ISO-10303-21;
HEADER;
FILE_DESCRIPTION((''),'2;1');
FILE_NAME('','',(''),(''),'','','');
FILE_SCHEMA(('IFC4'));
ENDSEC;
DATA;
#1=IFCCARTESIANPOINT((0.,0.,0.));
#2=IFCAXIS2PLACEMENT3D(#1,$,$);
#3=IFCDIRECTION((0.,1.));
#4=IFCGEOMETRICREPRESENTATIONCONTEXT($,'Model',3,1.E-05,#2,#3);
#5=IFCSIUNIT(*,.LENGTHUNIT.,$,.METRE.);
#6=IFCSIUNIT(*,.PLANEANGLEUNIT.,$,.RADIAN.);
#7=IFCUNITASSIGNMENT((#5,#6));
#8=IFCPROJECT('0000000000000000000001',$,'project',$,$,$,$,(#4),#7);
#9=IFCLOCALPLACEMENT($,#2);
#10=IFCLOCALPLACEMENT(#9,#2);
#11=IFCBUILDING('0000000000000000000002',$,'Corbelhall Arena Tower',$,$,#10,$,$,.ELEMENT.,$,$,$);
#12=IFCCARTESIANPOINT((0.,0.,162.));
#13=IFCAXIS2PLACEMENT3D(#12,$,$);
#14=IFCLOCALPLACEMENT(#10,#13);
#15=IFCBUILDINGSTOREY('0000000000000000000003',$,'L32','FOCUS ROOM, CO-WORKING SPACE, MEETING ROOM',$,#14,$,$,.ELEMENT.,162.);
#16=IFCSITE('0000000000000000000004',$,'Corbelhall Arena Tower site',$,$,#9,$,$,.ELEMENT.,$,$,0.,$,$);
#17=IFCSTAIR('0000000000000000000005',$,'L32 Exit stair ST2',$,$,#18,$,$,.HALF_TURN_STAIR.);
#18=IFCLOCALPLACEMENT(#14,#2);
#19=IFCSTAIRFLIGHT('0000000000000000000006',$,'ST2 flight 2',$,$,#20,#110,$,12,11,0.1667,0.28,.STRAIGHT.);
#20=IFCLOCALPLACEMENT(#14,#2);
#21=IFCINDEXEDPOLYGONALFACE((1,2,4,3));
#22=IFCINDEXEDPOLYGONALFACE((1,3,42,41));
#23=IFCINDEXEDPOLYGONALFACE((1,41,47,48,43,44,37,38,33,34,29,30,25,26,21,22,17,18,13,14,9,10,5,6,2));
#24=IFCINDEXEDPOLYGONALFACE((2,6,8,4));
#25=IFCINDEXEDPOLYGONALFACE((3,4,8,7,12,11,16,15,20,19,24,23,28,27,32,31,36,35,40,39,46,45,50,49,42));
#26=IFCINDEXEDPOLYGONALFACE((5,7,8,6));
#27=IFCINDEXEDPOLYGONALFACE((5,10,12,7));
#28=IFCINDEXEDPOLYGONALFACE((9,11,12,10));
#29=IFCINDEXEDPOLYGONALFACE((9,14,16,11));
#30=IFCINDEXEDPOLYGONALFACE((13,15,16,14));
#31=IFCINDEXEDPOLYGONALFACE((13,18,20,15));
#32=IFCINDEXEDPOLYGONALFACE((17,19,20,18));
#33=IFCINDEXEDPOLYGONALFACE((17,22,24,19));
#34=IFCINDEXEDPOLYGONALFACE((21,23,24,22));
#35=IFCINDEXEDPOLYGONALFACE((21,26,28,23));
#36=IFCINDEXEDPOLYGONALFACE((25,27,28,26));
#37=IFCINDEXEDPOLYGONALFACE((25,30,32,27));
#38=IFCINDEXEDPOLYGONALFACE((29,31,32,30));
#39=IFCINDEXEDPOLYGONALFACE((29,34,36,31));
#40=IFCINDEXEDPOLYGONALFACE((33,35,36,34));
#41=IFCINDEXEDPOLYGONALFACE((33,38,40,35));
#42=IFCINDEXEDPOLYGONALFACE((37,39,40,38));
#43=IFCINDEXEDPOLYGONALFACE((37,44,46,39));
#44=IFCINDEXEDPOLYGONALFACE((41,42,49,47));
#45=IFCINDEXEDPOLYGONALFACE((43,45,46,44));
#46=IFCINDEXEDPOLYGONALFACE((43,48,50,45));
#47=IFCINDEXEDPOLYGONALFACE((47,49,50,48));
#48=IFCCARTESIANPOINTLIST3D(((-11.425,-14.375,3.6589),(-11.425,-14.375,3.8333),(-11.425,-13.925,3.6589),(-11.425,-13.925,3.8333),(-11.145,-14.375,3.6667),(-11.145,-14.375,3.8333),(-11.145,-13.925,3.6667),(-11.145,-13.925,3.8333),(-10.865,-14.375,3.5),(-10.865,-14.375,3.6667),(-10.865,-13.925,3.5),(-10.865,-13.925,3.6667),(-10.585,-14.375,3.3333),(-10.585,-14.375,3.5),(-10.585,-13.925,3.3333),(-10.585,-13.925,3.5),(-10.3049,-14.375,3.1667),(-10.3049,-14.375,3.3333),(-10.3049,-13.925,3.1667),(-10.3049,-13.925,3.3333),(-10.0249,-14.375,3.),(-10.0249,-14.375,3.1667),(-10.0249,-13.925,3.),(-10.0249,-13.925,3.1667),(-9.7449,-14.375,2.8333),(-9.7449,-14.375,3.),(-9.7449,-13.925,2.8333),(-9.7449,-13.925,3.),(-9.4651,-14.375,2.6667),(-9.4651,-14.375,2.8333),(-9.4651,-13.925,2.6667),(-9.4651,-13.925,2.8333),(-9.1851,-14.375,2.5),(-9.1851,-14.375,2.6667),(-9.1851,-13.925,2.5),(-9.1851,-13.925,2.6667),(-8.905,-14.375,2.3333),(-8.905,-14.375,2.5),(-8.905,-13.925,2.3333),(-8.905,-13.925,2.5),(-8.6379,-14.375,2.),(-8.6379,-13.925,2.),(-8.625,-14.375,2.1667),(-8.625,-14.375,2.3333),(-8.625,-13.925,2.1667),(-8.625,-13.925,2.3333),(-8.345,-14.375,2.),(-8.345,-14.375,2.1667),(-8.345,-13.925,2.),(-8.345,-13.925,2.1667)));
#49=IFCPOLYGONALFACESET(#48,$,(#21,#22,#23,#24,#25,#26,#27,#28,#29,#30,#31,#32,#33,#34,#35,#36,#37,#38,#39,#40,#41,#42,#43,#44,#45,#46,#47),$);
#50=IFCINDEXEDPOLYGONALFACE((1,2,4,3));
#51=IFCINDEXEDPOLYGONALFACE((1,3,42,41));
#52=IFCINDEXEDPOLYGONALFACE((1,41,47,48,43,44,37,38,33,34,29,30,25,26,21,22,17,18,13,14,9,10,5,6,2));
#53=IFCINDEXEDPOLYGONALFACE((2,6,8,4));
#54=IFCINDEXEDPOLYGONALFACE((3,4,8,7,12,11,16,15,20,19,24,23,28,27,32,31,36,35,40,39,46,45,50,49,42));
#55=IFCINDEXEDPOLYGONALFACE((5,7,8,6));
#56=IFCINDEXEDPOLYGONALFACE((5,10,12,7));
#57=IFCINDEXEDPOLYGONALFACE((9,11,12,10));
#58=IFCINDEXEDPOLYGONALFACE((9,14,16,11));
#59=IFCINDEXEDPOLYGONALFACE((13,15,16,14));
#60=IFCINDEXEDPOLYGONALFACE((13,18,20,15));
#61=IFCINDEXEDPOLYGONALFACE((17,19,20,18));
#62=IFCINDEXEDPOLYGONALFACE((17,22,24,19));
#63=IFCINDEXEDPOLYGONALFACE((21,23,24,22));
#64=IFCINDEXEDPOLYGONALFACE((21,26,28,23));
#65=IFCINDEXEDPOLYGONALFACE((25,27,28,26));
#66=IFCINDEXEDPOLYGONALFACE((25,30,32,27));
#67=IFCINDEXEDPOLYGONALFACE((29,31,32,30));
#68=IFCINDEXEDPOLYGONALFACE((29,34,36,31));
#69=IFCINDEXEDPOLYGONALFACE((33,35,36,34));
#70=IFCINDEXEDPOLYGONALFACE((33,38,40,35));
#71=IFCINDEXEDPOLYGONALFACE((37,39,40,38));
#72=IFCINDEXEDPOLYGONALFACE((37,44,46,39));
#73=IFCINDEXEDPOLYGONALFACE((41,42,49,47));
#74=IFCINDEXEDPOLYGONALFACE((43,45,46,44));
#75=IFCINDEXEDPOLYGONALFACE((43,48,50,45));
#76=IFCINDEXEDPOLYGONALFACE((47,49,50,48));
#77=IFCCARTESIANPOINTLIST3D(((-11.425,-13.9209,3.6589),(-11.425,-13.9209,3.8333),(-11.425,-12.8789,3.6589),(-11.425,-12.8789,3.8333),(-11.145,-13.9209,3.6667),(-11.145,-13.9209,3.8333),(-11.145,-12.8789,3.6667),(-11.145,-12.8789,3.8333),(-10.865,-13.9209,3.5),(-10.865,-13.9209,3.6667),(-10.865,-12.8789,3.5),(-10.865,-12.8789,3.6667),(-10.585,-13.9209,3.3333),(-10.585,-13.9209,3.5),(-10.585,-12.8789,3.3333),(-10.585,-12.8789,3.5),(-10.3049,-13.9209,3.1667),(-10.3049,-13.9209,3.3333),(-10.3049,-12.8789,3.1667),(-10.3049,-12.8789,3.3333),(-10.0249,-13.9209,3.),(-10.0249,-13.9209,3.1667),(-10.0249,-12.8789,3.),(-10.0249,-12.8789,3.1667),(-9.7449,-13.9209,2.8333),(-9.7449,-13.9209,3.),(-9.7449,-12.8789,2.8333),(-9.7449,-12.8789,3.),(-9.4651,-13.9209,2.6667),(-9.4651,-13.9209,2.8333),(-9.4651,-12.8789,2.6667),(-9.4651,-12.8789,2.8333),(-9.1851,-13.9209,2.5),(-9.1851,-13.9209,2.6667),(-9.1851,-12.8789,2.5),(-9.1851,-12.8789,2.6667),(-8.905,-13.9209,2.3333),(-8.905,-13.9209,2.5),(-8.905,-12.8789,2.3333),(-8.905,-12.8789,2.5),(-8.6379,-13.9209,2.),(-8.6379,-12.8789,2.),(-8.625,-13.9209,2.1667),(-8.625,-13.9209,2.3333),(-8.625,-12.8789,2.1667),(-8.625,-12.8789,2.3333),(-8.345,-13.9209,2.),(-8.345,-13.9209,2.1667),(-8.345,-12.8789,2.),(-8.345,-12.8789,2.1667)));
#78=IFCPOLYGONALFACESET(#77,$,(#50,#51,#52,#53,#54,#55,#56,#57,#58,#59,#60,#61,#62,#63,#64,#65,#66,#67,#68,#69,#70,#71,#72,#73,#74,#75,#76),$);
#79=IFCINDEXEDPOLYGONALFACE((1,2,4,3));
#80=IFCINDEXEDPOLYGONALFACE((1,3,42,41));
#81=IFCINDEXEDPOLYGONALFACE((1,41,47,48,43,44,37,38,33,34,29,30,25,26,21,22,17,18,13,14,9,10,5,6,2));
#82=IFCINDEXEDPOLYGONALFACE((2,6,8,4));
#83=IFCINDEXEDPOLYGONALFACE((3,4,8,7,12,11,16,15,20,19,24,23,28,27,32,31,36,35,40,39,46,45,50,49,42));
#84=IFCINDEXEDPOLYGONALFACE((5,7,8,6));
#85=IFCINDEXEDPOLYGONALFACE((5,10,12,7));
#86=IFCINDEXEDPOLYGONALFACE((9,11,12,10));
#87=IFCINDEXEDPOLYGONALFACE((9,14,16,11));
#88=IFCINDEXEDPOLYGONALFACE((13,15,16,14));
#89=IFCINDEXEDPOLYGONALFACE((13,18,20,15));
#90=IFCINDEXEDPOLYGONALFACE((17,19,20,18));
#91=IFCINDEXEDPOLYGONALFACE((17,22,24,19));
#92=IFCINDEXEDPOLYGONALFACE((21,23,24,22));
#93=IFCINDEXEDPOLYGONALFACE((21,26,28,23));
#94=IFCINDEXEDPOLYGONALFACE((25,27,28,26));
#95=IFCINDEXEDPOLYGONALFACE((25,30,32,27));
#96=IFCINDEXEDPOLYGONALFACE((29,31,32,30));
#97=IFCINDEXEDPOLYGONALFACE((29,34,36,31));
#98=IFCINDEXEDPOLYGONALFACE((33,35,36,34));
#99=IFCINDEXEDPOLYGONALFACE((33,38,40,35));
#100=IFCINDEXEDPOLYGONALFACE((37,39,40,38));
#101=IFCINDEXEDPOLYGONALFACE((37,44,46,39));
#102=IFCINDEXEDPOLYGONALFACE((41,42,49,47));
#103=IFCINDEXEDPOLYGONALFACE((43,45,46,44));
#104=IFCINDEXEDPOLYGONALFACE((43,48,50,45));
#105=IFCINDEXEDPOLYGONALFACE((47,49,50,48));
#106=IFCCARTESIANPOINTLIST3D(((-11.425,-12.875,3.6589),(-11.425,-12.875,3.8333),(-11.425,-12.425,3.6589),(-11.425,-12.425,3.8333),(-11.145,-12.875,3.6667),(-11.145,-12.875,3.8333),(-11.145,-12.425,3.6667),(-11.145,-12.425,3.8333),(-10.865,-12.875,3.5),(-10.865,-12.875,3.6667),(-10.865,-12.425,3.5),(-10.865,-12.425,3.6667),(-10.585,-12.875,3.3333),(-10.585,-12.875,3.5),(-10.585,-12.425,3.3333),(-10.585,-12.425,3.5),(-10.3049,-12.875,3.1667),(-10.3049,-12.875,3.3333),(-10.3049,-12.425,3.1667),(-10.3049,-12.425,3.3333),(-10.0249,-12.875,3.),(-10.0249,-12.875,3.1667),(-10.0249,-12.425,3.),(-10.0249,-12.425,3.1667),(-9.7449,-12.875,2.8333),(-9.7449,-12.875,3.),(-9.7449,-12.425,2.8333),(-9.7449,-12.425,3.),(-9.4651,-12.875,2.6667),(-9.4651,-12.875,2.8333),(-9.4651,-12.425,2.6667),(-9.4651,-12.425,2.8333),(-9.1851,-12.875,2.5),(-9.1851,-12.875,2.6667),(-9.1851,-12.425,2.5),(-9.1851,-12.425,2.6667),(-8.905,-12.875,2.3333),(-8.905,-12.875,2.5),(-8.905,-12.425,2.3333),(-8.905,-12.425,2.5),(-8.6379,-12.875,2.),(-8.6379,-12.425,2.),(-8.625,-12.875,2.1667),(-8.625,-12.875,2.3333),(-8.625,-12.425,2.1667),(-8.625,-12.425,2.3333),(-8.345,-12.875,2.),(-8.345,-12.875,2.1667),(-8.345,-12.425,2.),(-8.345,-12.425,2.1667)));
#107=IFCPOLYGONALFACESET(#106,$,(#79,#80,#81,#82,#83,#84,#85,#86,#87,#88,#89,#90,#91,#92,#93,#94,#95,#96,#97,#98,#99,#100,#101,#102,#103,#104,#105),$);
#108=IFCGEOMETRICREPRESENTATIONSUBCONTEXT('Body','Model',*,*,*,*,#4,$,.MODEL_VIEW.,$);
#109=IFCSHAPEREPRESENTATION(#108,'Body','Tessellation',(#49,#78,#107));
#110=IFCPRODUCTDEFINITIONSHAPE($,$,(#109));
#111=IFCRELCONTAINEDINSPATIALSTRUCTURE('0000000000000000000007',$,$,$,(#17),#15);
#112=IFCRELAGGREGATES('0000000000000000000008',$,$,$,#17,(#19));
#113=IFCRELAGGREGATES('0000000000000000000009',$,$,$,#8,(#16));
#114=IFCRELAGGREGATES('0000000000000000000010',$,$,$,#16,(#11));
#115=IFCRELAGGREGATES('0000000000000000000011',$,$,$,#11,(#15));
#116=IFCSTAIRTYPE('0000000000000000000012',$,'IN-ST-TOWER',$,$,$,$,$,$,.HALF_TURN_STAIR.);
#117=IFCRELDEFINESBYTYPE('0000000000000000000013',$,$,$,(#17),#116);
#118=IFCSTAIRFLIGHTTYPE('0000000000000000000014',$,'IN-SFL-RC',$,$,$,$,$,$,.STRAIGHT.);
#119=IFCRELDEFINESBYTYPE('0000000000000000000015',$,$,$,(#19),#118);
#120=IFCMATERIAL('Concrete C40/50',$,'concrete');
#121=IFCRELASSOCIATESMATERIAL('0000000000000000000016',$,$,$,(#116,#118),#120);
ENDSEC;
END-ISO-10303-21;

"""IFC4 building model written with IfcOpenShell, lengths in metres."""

from ifc_helpers import new_model, si_unit, direction, frame, origin, place, context, subcontext, project, spatial, polyline, outline, extrude, material, type_object, element, aggregate, save


model = new_model("IFC4")

# Units and contexts
model_context = context("Model", 3, precision=1e-05, world=origin(), true_north=direction((0.0, 1.0)))
body_context = subcontext(model_context, "Body", "Model", "MODEL_VIEW")
ifc_project = project(units=[si_unit("LENGTHUNIT", "METRE"), si_unit("PLANEANGLEUNIT", "RADIAN")], contexts=[model_context])

# Site, building, storey
site_placement = place(None, origin())
site = spatial("IfcSite", under=ifc_project, at=site_placement, Name="Corbelhall Arena Tower site", CompositionType="ELEMENT", RefElevation=0.0)
building_placement = place(site_placement, origin())
building = spatial("IfcBuilding", under=site, at=building_placement, Name="Corbelhall Arena Tower", CompositionType="ELEMENT")
storey_placement = place(building_placement, frame((0.0, 0.0, 162.0)))
storey = spatial("IfcBuildingStorey", under=building, at=storey_placement, Name="L32", Description="FOCUS ROOM, CO-WORKING SPACE, MEETING ROOM", CompositionType="ELEMENT", Elevation=162.0)

# Shared definitions
ifc_material_1 = material(Name="Concrete C40/50", Category="concrete")

# Stair, stair flight
stair_type = type_object("IfcStairType", Name="IN-ST-TOWER", PredefinedType="HALF_TURN_STAIR", material=ifc_material_1)
stair_placement = place(storey_placement, origin())
stair = element("IfcStair", 1, at=stair_placement, inside=storey, type_object=stair_type, Name="L32 Exit stair ST2", PredefinedType="HALF_TURN_STAIR")
stair_flight_type = type_object("IfcStairFlightType", Name="IN-SFL-RC", PredefinedType="STRAIGHT", material=ifc_material_1)
stair_flight_placement = place(storey_placement, frame((-8.345, -13.3999, 2.0), z_axis=(0.0, 0.0, 1.0), x_axis=(-1.0, 0.0, 0.0)))
stair_flight = element("IfcStairFlight", 2, at=stair_flight_placement, type_object=stair_flight_type, Name="ST2 flight 2", NumberOfRisers=12, NumberOfTreads=11, PredefinedType="STRAIGHT", RiserHeight=0.1667, TreadLength=0.28, context=body_context, shape_type="SweptSolid", body=[
    extrude(outline(polyline([(0.0, 0.0), (0.0, 0.1667), (0.28, 0.1667), (0.28, 0.3333), (0.5601, 0.3333), (0.5601, 0.5), (0.8401, 0.5), (0.8401, 0.6667), (1.1201, 0.6667), (1.1201, 0.8333), (1.3999, 0.8333), (1.3999, 1.0), (1.6799, 1.0), (1.6799, 1.1667), (1.96, 1.1667), (1.96, 1.3333), (2.24, 1.3333), (2.24, 1.5), (2.52, 1.5), (2.52, 1.6667), (2.8, 1.6667), (2.8, 1.8333), (3.0801, 1.8333), (3.0801, 2.0), (3.0801, 1.6589), (0.293, 0.0), (0.0, 0.0)])), frame((0.0, 0.9751, 0.0), z_axis=(0.0, -1.0, 0.0), x_axis=(1.0, 0.0, 0.0)), (0.0, 0.0, 1.0), 0.45),
    extrude(outline(polyline([(0.0, 0.0), (0.0, 0.1667), (0.28, 0.1667), (0.28, 0.3333), (0.5601, 0.3333), (0.5601, 0.5), (0.8401, 0.5), (0.8401, 0.6667), (1.1201, 0.6667), (1.1201, 0.8333), (1.3999, 0.8333), (1.3999, 1.0), (1.6799, 1.0), (1.6799, 1.1667), (1.96, 1.1667), (1.96, 1.3333), (2.24, 1.3333), (2.24, 1.5), (2.52, 1.5), (2.52, 1.6667), (2.8, 1.6667), (2.8, 1.8333), (3.0801, 1.8333), (3.0801, 2.0), (3.0801, 1.6589), (0.293, 0.0), (0.0, 0.0)])), frame((0.0, 0.521, 0.0), z_axis=(0.0, -1.0, 0.0), x_axis=(1.0, 0.0, 0.0)), (0.0, 0.0, 1.0), 1.042),
    extrude(outline(polyline([(0.0, 0.0), (0.0, 0.1667), (0.28, 0.1667), (0.28, 0.3333), (0.5601, 0.3333), (0.5601, 0.5), (0.8401, 0.5), (0.8401, 0.6667), (1.1201, 0.6667), (1.1201, 0.8333), (1.3999, 0.8333), (1.3999, 1.0), (1.6799, 1.0), (1.6799, 1.1667), (1.96, 1.1667), (1.96, 1.3333), (2.24, 1.3333), (2.24, 1.5), (2.52, 1.5), (2.52, 1.6667), (2.8, 1.6667), (2.8, 1.8333), (3.0801, 1.8333), (3.0801, 2.0), (3.0801, 1.6589), (0.293, 0.0), (0.0, 0.0)])), frame((0.0, -0.5249, 0.0), z_axis=(0.0, -1.0, 0.0), x_axis=(1.0, 0.0, 0.0)), (0.0, 0.0, 1.0), 0.45),
])
aggregate(stair, [stair_flight])

save(model, "model.ifc")
